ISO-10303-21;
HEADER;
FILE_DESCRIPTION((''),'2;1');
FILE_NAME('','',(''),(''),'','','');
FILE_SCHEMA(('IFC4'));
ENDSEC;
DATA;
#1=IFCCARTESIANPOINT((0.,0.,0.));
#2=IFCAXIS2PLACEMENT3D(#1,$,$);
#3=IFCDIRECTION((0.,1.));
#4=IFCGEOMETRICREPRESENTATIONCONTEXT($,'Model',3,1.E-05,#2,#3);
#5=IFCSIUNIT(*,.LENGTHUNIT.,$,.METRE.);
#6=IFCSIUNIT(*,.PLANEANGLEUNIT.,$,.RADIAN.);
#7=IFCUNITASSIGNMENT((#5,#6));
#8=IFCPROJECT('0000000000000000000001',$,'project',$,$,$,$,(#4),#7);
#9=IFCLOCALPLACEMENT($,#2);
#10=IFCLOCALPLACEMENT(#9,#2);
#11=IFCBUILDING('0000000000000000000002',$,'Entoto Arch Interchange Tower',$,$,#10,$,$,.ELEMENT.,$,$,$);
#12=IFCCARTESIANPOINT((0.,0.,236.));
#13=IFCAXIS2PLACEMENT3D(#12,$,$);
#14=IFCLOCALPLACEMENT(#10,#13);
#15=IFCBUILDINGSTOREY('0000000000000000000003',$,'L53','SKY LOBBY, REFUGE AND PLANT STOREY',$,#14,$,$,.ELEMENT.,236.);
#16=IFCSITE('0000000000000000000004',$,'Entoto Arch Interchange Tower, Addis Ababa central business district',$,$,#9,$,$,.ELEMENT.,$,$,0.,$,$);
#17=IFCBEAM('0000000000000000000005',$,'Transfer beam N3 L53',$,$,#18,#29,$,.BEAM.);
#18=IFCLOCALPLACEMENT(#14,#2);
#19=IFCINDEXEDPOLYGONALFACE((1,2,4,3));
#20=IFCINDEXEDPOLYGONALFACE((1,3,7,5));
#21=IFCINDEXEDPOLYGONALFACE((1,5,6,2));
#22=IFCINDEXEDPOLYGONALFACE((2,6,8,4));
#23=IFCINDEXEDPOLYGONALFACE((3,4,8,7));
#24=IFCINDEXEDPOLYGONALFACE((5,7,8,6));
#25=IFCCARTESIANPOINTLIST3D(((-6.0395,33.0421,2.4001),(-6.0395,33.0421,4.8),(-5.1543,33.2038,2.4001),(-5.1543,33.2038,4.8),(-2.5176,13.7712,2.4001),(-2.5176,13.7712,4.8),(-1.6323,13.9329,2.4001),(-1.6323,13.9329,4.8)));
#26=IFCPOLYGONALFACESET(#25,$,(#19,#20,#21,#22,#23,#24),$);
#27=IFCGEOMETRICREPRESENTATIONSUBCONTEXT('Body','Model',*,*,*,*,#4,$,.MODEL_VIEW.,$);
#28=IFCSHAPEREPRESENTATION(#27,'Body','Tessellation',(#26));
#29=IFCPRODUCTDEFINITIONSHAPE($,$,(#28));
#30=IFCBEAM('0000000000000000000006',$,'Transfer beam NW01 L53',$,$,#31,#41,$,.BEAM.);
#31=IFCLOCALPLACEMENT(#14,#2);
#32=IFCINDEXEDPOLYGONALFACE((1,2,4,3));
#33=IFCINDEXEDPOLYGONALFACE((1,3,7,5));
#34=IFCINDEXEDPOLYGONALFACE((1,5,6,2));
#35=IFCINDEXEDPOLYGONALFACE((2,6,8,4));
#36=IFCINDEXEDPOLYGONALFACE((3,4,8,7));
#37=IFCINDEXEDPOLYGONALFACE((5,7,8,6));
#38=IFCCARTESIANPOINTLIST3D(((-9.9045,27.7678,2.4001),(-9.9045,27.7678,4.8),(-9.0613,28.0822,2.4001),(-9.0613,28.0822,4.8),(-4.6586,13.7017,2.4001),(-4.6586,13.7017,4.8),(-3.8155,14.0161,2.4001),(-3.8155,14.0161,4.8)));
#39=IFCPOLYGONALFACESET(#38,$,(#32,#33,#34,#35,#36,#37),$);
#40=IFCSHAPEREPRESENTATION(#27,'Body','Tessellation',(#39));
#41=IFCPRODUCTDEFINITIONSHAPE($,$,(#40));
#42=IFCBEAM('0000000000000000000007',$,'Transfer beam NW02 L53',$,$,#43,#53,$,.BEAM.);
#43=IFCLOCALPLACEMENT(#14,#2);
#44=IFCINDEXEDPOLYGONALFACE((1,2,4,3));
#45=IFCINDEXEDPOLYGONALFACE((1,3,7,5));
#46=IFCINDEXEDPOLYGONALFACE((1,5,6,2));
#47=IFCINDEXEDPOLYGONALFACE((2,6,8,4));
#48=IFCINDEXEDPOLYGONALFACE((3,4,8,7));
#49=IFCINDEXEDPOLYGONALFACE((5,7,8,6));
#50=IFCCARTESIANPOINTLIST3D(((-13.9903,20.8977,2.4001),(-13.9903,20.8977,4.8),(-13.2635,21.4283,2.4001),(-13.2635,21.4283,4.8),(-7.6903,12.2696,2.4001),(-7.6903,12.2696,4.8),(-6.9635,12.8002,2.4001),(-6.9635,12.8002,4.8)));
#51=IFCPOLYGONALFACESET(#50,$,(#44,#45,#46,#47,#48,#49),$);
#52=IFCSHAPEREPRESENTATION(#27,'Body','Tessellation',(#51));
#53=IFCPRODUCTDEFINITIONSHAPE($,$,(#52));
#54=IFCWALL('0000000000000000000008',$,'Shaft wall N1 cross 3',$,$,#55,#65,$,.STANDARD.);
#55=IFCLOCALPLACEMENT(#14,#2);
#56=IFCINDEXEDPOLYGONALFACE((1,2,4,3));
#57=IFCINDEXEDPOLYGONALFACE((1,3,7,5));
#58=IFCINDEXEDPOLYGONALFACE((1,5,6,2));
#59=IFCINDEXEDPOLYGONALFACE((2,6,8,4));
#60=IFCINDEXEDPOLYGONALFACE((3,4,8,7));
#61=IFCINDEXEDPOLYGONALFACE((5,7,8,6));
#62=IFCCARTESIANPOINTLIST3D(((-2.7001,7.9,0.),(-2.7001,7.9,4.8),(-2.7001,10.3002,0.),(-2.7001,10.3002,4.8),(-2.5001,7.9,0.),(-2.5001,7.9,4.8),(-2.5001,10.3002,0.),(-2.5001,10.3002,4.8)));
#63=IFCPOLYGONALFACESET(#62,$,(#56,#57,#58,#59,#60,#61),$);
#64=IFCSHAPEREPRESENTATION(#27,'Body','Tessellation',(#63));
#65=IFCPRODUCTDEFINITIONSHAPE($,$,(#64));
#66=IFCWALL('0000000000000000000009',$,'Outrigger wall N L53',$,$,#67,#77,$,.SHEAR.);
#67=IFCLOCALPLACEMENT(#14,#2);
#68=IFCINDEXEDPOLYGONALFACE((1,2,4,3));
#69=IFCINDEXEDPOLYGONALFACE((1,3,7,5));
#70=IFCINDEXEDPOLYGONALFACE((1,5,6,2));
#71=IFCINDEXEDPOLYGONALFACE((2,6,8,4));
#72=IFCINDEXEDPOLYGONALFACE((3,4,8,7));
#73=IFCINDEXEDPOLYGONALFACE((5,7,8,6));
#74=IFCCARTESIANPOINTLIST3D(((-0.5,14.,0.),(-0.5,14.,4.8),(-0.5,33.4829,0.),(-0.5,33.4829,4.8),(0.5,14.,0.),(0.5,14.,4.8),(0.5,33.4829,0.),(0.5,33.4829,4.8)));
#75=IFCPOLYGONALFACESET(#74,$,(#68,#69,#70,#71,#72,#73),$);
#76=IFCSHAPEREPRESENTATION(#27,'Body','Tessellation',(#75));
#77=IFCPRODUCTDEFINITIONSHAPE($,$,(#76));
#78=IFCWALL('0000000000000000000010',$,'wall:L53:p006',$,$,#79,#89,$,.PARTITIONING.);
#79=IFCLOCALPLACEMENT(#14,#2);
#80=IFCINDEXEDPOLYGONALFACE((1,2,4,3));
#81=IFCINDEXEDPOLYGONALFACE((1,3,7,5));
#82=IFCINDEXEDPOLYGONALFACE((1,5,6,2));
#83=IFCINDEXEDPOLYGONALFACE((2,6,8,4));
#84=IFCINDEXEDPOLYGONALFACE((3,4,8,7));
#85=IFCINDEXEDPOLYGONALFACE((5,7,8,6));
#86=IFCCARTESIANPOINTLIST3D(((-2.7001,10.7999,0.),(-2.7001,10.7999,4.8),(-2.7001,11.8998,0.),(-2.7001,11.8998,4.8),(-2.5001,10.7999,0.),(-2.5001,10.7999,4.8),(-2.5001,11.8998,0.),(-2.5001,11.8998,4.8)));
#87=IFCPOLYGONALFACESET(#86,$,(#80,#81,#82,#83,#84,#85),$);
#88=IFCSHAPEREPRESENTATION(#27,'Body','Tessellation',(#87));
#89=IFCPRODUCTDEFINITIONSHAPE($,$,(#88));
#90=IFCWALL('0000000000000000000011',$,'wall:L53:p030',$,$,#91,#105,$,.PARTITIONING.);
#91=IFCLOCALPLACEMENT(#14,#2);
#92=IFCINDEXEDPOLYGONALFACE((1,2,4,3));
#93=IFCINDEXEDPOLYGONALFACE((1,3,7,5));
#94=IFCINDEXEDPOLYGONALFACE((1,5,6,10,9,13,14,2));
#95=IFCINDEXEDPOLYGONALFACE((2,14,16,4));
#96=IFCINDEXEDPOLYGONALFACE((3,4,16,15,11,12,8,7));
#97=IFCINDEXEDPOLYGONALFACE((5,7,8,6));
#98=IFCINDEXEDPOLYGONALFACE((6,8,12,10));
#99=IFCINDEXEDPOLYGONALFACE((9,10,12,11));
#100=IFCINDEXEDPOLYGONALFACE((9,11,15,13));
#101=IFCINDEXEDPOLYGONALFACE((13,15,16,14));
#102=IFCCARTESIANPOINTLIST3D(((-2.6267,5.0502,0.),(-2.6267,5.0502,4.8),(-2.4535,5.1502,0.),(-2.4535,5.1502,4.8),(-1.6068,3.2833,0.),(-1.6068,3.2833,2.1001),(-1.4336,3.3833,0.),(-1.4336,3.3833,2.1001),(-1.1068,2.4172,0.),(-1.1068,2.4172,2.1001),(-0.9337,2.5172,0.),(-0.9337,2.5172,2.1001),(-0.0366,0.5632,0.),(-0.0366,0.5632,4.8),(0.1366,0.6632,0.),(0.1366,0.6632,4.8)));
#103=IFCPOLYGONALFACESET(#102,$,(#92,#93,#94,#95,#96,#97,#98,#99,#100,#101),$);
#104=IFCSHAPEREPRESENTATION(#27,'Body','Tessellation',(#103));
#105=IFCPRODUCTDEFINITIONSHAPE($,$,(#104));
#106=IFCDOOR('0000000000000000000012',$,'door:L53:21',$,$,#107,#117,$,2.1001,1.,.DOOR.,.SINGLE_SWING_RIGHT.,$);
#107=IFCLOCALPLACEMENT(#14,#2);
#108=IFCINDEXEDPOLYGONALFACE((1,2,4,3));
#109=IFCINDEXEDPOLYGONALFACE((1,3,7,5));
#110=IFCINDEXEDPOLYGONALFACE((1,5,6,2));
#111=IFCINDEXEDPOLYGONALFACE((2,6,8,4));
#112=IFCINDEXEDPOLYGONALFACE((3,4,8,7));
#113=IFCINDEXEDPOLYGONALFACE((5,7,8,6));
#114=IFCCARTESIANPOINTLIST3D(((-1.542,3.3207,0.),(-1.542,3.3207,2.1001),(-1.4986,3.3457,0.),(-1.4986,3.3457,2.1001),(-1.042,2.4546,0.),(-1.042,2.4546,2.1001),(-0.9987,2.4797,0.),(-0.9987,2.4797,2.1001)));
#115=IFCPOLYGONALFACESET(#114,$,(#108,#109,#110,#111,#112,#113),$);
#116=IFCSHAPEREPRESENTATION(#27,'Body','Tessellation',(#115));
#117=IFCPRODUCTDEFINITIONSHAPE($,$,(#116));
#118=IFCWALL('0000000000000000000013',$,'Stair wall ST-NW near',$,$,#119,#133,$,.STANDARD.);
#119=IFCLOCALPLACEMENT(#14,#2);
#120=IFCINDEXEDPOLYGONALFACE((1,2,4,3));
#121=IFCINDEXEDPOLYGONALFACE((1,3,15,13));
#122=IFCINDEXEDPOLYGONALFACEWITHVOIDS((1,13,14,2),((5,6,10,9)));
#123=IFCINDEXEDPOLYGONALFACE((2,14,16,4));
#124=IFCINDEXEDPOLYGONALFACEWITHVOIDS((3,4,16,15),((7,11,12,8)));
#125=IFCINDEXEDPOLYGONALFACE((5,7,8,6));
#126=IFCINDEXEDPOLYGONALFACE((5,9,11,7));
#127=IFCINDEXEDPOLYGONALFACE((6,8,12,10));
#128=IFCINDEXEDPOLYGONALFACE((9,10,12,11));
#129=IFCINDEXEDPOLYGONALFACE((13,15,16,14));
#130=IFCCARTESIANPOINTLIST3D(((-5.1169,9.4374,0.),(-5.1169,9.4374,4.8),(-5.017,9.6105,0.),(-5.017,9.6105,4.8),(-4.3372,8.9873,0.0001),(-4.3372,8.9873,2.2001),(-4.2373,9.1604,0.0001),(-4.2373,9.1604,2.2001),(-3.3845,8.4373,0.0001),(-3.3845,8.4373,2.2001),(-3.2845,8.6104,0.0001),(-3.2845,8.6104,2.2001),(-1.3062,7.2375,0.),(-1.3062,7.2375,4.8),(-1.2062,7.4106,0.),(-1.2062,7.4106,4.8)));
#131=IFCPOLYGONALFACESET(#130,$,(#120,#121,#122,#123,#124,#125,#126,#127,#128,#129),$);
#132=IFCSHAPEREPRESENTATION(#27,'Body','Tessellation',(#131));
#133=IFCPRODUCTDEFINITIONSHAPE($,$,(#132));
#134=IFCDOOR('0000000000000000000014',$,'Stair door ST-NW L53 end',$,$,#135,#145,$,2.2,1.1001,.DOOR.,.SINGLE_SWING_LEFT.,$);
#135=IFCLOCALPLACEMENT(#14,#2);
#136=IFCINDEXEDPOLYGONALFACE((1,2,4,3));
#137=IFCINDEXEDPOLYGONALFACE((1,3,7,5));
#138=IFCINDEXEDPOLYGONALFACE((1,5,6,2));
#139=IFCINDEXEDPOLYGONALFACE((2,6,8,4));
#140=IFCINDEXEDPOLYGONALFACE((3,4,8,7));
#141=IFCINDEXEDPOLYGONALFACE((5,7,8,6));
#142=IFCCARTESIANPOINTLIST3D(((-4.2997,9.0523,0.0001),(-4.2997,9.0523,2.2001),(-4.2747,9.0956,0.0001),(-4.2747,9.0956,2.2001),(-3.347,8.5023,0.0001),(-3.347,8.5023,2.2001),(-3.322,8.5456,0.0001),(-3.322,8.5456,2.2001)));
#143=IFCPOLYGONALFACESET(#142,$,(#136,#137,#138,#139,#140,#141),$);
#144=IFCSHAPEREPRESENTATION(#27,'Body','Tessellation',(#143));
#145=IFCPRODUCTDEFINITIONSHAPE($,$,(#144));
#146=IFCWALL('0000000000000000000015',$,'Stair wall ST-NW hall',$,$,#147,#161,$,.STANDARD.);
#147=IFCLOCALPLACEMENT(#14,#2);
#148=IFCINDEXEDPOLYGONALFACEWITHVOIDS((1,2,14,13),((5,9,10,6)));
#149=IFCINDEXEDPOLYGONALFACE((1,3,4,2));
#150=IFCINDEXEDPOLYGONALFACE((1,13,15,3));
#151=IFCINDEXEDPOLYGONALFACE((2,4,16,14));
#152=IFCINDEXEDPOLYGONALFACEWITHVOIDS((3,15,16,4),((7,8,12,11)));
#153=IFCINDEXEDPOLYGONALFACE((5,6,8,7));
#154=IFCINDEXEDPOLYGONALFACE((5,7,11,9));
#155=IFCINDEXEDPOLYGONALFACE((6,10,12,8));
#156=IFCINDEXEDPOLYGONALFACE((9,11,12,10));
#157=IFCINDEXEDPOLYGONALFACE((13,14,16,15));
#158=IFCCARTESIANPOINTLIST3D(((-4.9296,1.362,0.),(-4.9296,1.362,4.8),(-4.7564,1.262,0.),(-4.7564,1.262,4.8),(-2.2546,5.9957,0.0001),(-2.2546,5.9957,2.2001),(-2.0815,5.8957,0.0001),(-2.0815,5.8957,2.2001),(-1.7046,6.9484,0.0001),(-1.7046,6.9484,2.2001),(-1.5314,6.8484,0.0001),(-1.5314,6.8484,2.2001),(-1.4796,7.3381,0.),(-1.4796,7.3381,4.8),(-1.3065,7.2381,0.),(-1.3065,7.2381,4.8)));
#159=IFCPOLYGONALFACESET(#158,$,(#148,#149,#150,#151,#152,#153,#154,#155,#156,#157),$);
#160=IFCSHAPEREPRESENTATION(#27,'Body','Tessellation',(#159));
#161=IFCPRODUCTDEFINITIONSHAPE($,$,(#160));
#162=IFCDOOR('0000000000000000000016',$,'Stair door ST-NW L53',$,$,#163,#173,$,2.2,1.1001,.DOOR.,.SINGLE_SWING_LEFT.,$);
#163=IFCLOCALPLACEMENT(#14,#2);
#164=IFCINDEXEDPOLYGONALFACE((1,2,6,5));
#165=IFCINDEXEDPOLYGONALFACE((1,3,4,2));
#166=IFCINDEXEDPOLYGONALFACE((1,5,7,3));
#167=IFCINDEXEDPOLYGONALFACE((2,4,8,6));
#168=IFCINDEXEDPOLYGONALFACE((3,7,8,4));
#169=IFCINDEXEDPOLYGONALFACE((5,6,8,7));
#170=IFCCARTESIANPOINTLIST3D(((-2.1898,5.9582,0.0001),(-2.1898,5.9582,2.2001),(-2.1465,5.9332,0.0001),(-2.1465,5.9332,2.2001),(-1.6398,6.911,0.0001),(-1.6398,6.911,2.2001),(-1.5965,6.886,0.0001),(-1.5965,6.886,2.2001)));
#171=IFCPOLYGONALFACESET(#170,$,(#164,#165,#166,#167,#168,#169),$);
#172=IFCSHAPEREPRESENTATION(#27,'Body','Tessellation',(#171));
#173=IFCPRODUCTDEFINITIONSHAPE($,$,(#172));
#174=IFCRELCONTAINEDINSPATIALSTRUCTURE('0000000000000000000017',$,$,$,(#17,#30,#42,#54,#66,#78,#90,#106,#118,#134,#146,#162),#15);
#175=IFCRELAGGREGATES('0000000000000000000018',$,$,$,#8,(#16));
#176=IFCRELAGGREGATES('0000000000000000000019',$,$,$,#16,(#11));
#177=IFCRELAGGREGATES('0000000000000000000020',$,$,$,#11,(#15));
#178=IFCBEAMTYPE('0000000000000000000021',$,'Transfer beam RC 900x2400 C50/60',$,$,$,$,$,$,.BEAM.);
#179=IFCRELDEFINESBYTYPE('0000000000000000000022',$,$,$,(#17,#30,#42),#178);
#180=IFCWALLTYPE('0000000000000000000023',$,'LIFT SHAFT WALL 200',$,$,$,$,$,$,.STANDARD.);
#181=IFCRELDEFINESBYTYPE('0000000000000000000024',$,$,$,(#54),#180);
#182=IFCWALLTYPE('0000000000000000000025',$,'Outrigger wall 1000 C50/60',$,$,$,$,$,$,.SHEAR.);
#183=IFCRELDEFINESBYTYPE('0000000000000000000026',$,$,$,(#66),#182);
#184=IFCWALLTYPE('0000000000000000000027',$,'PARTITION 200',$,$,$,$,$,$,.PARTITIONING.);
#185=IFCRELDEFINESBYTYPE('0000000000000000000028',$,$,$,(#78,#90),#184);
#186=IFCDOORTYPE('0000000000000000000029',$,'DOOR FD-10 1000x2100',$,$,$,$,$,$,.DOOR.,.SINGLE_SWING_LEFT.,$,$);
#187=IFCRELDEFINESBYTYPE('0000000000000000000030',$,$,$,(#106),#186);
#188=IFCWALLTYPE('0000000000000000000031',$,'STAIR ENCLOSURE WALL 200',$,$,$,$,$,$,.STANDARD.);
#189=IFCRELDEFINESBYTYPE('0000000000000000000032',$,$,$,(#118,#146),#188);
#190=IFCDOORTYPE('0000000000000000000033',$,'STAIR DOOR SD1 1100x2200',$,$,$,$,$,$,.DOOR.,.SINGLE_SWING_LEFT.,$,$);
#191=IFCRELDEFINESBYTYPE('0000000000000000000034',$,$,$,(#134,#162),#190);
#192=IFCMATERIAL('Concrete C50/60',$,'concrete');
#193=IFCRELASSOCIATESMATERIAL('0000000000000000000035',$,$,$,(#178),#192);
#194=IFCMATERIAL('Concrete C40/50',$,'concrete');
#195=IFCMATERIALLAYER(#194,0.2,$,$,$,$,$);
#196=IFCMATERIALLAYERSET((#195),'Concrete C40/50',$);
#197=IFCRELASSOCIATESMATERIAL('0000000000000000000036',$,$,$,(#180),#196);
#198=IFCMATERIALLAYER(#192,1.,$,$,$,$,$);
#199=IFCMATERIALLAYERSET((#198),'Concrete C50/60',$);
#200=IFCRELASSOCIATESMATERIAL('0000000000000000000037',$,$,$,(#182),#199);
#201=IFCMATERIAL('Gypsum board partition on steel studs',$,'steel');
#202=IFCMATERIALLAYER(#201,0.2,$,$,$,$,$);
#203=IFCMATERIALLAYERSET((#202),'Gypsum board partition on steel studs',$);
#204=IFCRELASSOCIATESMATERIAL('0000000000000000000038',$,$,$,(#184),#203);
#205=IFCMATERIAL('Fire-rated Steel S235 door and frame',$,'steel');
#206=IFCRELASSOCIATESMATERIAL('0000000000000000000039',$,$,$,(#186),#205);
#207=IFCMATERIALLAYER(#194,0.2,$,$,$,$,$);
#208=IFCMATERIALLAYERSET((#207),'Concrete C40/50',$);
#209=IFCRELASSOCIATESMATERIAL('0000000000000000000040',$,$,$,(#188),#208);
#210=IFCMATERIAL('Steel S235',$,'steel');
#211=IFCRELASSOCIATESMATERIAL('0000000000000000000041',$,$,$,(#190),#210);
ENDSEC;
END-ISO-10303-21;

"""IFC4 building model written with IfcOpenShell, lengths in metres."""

from ifc_helpers import new_model, si_unit, direction, frame, frame_2d, origin, origin_2d, place, context, subcontext, project, spatial, rectangle, extrude, material, layer, layer_set, material_profile, profile_set, type_object, element, fill, save


model = new_model("IFC4")

# Units and contexts
model_context = context("Model", 3, precision=1e-05, world=origin(), true_north=direction((0.0, 1.0)))
body_context = subcontext(model_context, "Body", "Model", "MODEL_VIEW")
ifc_project = project(units=[si_unit("LENGTHUNIT", "METRE"), si_unit("PLANEANGLEUNIT", "RADIAN")], contexts=[model_context])

# Site, building, storey
site_placement = place(None, origin())
site = spatial("IfcSite", under=ifc_project, at=site_placement, Name="Entoto Arch Interchange Tower, Addis Ababa central business district", CompositionType="ELEMENT", RefElevation=0.0)
building_placement = place(site_placement, origin())
building = spatial("IfcBuilding", under=site, at=building_placement, Name="Entoto Arch Interchange Tower", CompositionType="ELEMENT")
storey_placement = place(building_placement, frame((0.0, 0.0, 236.0)))
storey = spatial("IfcBuildingStorey", under=building, at=storey_placement, Name="L53", Description="SKY LOBBY, REFUGE AND PLANT STOREY", CompositionType="ELEMENT", Elevation=236.0)

# Beams
ifc_material_1 = material(Name="Concrete C50/60", Category="concrete")
ifc_material_profile = material_profile(ifc_material_1, rectangle(XDim=0.8999, YDim=2.3999, at=origin_2d()))
ifc_profile_set = profile_set([ifc_material_profile], Name="Concrete C50/60")
beam_type = type_object("IfcBeamType", Name="Transfer beam RC 900x2400 C50/60", PredefinedType="BEAM", material=ifc_profile_set)
beam_1_placement = place(storey_placement, frame((-2.075, 13.8521, 3.6001), z_axis=(-0.179782, 0.983706, 0.0), x_axis=(-0.983706, -0.179782, 0.0)))
element("IfcBeam", 1, at=beam_1_placement, inside=storey, type_object=beam_type, Name="Transfer beam N3 L53", PredefinedType="BEAM", context=body_context, shape_type="SweptSolid", body=[
    extrude(rectangle(XDim=0.8999, YDim=2.3999, at=origin_2d()), origin(), (0.0, 0.0, 1.0), 19.5901),
])
beam_2_placement = place(storey_placement, frame((-4.2371, 13.8589, 3.6001), z_axis=(-0.349432, 0.936962, 0.0), x_axis=(-0.936962, -0.349432, 0.0)))
element("IfcBeam", 2, at=beam_2_placement, inside=storey, type_object=beam_type, Name="Transfer beam NW01 L53", PredefinedType="BEAM", context=body_context, shape_type="SweptSolid", body=[
    extrude(rectangle(XDim=0.8999, YDim=2.3999, at=origin_2d()), origin(), (0.0, 0.0, 1.0), 15.0125),
])
beam_3_placement = place(storey_placement, frame((-7.3269, 12.5349, 3.6001), z_axis=(-0.589702, 0.807621, 0.0), x_axis=(-0.807621, -0.589702, 0.0)))
element("IfcBeam", 3, at=beam_3_placement, inside=storey, type_object=beam_type, Name="Transfer beam NW02 L53", PredefinedType="BEAM", context=body_context, shape_type="SweptSolid", body=[
    extrude(rectangle(XDim=0.8999, YDim=2.3999, at=origin_2d()), origin(), (0.0, 0.0, 1.0), 10.6833),
])

# Walls
ifc_material_2 = material(Name="Concrete C40/50", Category="concrete")
ifc_layer_1 = layer(ifc_material_2, 0.2)
ifc_layer_set_1 = layer_set([ifc_layer_1], Name="Concrete C40/50")
wall_type_1 = type_object("IfcWallType", Name="LIFT SHAFT WALL 200", PredefinedType="STANDARD", material=ifc_layer_set_1)
wall_1_placement = place(storey_placement, frame((-2.6001, 7.8999, 0.0), z_axis=(0.0, 0.0, 1.0), x_axis=(0.0, 1.0, 0.0)))
element("IfcWall", 4, at=wall_1_placement, inside=storey, type_object=wall_type_1, Name="Shaft wall N1 cross 3", PredefinedType="STANDARD", context=body_context, shape_type="SweptSolid", body=[
    extrude(rectangle(XDim=2.4001, YDim=0.2, at=frame_2d((1.2002, 0.0))), origin(), (0.0, 0.0, 1.0), 4.8),
])
ifc_layer_2 = layer(ifc_material_1, 1.0)
ifc_layer_set_2 = layer_set([ifc_layer_2], Name="Concrete C50/60")
wall_type_2 = type_object("IfcWallType", Name="Outrigger wall 1000 C50/60", PredefinedType="SHEAR", material=ifc_layer_set_2)
wall_2_placement = place(storey_placement, frame((0.0, 14.0, 0.0), z_axis=(0.0, 0.0, 1.0), x_axis=(0.0, 1.0, 0.0)))
element("IfcWall", 5, at=wall_2_placement, inside=storey, type_object=wall_type_2, Name="Outrigger wall N L53", PredefinedType="SHEAR", context=body_context, shape_type="SweptSolid", body=[
    extrude(rectangle(XDim=19.4829, YDim=1.0, at=frame_2d((9.7415, 0.0))), origin(), (0.0, 0.0, 1.0), 4.8),
])
ifc_material_3 = material(Name="Gypsum board partition on steel studs", Category="steel")
ifc_layer_3 = layer(ifc_material_3, 0.2)
ifc_layer_set_3 = layer_set([ifc_layer_3], Name="Gypsum board partition on steel studs")
wall_type_3 = type_object("IfcWallType", Name="PARTITION 200", PredefinedType="PARTITIONING", material=ifc_layer_set_3)
wall_3_placement = place(storey_placement, frame((-2.6001, 10.8, 0.0), z_axis=(0.0, 0.0, 1.0), x_axis=(0.0, 1.0, 0.0)))
element("IfcWall", 6, at=wall_3_placement, inside=storey, type_object=wall_type_3, Name="wall:L53:p006", PredefinedType="PARTITIONING", context=body_context, shape_type="SweptSolid", body=[
    extrude(rectangle(XDim=1.0999, YDim=0.2, at=frame_2d((0.5498, 0.0))), origin(), (0.0, 0.0, 1.0), 4.8),
])

# Walls, openings, doors
wall_4_placement = place(storey_placement, frame((-2.54, 5.1001, 0.0), z_axis=(0.0, 0.0, 1.0), x_axis=(0.499925, -0.866069, 0.0)))
wall_4 = element("IfcWall", 7, at=wall_4_placement, inside=storey, type_object=wall_type_3, Name="wall:L53:p030", PredefinedType="PARTITIONING", context=body_context, shape_type="SweptSolid", body=[
    extrude(rectangle(XDim=5.1809, YDim=0.2, at=frame_2d((2.5903, 0.0))), origin(), (0.0, 0.0, 1.0), 4.8),
])
opening_1_placement = place(wall_4_placement, frame((2.04, 0.0, 0.0)))
opening_1 = element("IfcOpeningElement", 8, at=opening_1_placement, cuts=wall_4, PredefinedType="OPENING", context=body_context, shape_type="SweptSolid", body=[
    extrude(rectangle(XDim=1.0, YDim=2.1001, at=frame_2d((0.5, 1.05))), frame((0.0, 0.1099, 0.0), z_axis=(0.0, -1.0, 0.0), x_axis=(1.0, 0.0, 0.0)), (0.0, 0.0, 1.0), 0.22),
])
ifc_material_4 = material(Name="Fire-rated Steel S235 door and frame", Category="steel")
door_type_1 = type_object("IfcDoorType", Name="DOOR FD-10 1000x2100", OperationType="SINGLE_SWING_LEFT", PredefinedType="DOOR", material=ifc_material_4)
door_1_placement = place(opening_1_placement, origin())
door_1 = element("IfcDoor", 9, at=door_1_placement, inside=storey, type_object=door_type_1, Name="door:L53:21", OperationType="SINGLE_SWING_RIGHT", OverallHeight=2.1001, OverallWidth=1.0, PredefinedType="DOOR", context=body_context, shape_type="SweptSolid", body=[
    extrude(rectangle(XDim=1.0, YDim=2.1001, at=frame_2d((0.5, 1.05))), frame((0.0, 0.0249, 0.0), z_axis=(0.0, -1.0, 0.0), x_axis=(1.0, 0.0, 0.0)), (0.0, 0.0, 1.0), 0.05),
])
fill(opening_1, door_1)
ifc_layer_4 = layer(ifc_material_2, 0.2)
ifc_layer_set_4 = layer_set([ifc_layer_4], Name="Concrete C40/50")
wall_type_4 = type_object("IfcWallType", Name="STAIR ENCLOSURE WALL 200", PredefinedType="STANDARD", material=ifc_layer_set_4)
wall_5_placement = place(storey_placement, frame((-1.2561, 7.324, 0.0), z_axis=(0.0, 0.0, 1.0), x_axis=(-0.866046, 0.499964, 0.0)))
wall_5 = element("IfcWall", 10, at=wall_5_placement, inside=storey, type_object=wall_type_4, Name="Stair wall ST-NW near", PredefinedType="STANDARD", context=body_context, shape_type="SweptSolid", body=[
    extrude(rectangle(XDim=4.4001, YDim=0.2, at=frame_2d((2.2002, 0.0))), origin(), (0.0, 0.0, 1.0), 4.8),
])
opening_2_placement = place(wall_5_placement, frame((2.3999, 0.0, 0.0)))
opening_2 = element("IfcOpeningElement", 11, at=opening_2_placement, cuts=wall_5, PredefinedType="OPENING", context=body_context, shape_type="SweptSolid", body=[
    extrude(rectangle(XDim=1.1001, YDim=2.2, at=frame_2d((0.55, 1.1001))), frame((0.0, 0.1099, 0.0), z_axis=(0.0, -1.0, 0.0), x_axis=(1.0, 0.0, 0.0)), (0.0, 0.0, 1.0), 0.22),
])
ifc_material_5 = material(Name="Steel S235", Category="steel")
door_type_2 = type_object("IfcDoorType", Name="STAIR DOOR SD1 1100x2200", OperationType="SINGLE_SWING_LEFT", PredefinedType="DOOR", material=ifc_material_5)
door_2_placement = place(opening_2_placement, origin())
door_2 = element("IfcDoor", 12, at=door_2_placement, inside=storey, type_object=door_type_2, Name="Stair door ST-NW L53 end", OperationType="SINGLE_SWING_LEFT", OverallHeight=2.2, OverallWidth=1.1001, PredefinedType="DOOR", context=body_context, shape_type="SweptSolid", body=[
    extrude(rectangle(XDim=1.1001, YDim=2.2, at=frame_2d((0.55, 1.1001))), frame((0.0, 0.0249, 0.0), z_axis=(0.0, -1.0, 0.0), x_axis=(1.0, 0.0, 0.0)), (0.0, 0.0, 1.0), 0.05),
])
fill(opening_2, door_2)
wall_6_placement = place(storey_placement, frame((-1.3931, 7.2881, 0.0), z_axis=(0.0, 0.0, 1.0), x_axis=(-0.499963, -0.866047, 0.0)))
wall_6 = element("IfcWall", 13, at=wall_6_placement, inside=storey, type_object=wall_type_4, Name="Stair wall ST-NW hall", PredefinedType="STANDARD", context=body_context, shape_type="SweptSolid", body=[
    extrude(rectangle(XDim=6.9004, YDim=0.2, at=frame_2d((3.4502, 0.0))), origin(), (0.0, 0.0, 1.0), 4.8),
])
opening_3_placement = place(wall_6_placement, frame((0.45, 0.0, 0.0)))
opening_3 = element("IfcOpeningElement", 14, at=opening_3_placement, cuts=wall_6, PredefinedType="OPENING", context=body_context, shape_type="SweptSolid", body=[
    extrude(rectangle(XDim=1.1001, YDim=2.2, at=frame_2d((0.55, 1.1001))), frame((0.0, 0.1099, 0.0), z_axis=(0.0, -1.0, 0.0), x_axis=(1.0, 0.0, 0.0)), (0.0, 0.0, 1.0), 0.22),
])
door_3_placement = place(opening_3_placement, origin())
door_3 = element("IfcDoor", 15, at=door_3_placement, inside=storey, type_object=door_type_2, Name="Stair door ST-NW L53", OperationType="SINGLE_SWING_LEFT", OverallHeight=2.2, OverallWidth=1.1001, PredefinedType="DOOR", context=body_context, shape_type="SweptSolid", body=[
    extrude(rectangle(XDim=1.1001, YDim=2.2, at=frame_2d((0.55, 1.1001))), frame((0.0, 0.0249, 0.0), z_axis=(0.0, -1.0, 0.0), x_axis=(1.0, 0.0, 0.0)), (0.0, 0.0, 1.0), 0.05),
])
fill(opening_3, door_3)

save(model, "model.ifc")
